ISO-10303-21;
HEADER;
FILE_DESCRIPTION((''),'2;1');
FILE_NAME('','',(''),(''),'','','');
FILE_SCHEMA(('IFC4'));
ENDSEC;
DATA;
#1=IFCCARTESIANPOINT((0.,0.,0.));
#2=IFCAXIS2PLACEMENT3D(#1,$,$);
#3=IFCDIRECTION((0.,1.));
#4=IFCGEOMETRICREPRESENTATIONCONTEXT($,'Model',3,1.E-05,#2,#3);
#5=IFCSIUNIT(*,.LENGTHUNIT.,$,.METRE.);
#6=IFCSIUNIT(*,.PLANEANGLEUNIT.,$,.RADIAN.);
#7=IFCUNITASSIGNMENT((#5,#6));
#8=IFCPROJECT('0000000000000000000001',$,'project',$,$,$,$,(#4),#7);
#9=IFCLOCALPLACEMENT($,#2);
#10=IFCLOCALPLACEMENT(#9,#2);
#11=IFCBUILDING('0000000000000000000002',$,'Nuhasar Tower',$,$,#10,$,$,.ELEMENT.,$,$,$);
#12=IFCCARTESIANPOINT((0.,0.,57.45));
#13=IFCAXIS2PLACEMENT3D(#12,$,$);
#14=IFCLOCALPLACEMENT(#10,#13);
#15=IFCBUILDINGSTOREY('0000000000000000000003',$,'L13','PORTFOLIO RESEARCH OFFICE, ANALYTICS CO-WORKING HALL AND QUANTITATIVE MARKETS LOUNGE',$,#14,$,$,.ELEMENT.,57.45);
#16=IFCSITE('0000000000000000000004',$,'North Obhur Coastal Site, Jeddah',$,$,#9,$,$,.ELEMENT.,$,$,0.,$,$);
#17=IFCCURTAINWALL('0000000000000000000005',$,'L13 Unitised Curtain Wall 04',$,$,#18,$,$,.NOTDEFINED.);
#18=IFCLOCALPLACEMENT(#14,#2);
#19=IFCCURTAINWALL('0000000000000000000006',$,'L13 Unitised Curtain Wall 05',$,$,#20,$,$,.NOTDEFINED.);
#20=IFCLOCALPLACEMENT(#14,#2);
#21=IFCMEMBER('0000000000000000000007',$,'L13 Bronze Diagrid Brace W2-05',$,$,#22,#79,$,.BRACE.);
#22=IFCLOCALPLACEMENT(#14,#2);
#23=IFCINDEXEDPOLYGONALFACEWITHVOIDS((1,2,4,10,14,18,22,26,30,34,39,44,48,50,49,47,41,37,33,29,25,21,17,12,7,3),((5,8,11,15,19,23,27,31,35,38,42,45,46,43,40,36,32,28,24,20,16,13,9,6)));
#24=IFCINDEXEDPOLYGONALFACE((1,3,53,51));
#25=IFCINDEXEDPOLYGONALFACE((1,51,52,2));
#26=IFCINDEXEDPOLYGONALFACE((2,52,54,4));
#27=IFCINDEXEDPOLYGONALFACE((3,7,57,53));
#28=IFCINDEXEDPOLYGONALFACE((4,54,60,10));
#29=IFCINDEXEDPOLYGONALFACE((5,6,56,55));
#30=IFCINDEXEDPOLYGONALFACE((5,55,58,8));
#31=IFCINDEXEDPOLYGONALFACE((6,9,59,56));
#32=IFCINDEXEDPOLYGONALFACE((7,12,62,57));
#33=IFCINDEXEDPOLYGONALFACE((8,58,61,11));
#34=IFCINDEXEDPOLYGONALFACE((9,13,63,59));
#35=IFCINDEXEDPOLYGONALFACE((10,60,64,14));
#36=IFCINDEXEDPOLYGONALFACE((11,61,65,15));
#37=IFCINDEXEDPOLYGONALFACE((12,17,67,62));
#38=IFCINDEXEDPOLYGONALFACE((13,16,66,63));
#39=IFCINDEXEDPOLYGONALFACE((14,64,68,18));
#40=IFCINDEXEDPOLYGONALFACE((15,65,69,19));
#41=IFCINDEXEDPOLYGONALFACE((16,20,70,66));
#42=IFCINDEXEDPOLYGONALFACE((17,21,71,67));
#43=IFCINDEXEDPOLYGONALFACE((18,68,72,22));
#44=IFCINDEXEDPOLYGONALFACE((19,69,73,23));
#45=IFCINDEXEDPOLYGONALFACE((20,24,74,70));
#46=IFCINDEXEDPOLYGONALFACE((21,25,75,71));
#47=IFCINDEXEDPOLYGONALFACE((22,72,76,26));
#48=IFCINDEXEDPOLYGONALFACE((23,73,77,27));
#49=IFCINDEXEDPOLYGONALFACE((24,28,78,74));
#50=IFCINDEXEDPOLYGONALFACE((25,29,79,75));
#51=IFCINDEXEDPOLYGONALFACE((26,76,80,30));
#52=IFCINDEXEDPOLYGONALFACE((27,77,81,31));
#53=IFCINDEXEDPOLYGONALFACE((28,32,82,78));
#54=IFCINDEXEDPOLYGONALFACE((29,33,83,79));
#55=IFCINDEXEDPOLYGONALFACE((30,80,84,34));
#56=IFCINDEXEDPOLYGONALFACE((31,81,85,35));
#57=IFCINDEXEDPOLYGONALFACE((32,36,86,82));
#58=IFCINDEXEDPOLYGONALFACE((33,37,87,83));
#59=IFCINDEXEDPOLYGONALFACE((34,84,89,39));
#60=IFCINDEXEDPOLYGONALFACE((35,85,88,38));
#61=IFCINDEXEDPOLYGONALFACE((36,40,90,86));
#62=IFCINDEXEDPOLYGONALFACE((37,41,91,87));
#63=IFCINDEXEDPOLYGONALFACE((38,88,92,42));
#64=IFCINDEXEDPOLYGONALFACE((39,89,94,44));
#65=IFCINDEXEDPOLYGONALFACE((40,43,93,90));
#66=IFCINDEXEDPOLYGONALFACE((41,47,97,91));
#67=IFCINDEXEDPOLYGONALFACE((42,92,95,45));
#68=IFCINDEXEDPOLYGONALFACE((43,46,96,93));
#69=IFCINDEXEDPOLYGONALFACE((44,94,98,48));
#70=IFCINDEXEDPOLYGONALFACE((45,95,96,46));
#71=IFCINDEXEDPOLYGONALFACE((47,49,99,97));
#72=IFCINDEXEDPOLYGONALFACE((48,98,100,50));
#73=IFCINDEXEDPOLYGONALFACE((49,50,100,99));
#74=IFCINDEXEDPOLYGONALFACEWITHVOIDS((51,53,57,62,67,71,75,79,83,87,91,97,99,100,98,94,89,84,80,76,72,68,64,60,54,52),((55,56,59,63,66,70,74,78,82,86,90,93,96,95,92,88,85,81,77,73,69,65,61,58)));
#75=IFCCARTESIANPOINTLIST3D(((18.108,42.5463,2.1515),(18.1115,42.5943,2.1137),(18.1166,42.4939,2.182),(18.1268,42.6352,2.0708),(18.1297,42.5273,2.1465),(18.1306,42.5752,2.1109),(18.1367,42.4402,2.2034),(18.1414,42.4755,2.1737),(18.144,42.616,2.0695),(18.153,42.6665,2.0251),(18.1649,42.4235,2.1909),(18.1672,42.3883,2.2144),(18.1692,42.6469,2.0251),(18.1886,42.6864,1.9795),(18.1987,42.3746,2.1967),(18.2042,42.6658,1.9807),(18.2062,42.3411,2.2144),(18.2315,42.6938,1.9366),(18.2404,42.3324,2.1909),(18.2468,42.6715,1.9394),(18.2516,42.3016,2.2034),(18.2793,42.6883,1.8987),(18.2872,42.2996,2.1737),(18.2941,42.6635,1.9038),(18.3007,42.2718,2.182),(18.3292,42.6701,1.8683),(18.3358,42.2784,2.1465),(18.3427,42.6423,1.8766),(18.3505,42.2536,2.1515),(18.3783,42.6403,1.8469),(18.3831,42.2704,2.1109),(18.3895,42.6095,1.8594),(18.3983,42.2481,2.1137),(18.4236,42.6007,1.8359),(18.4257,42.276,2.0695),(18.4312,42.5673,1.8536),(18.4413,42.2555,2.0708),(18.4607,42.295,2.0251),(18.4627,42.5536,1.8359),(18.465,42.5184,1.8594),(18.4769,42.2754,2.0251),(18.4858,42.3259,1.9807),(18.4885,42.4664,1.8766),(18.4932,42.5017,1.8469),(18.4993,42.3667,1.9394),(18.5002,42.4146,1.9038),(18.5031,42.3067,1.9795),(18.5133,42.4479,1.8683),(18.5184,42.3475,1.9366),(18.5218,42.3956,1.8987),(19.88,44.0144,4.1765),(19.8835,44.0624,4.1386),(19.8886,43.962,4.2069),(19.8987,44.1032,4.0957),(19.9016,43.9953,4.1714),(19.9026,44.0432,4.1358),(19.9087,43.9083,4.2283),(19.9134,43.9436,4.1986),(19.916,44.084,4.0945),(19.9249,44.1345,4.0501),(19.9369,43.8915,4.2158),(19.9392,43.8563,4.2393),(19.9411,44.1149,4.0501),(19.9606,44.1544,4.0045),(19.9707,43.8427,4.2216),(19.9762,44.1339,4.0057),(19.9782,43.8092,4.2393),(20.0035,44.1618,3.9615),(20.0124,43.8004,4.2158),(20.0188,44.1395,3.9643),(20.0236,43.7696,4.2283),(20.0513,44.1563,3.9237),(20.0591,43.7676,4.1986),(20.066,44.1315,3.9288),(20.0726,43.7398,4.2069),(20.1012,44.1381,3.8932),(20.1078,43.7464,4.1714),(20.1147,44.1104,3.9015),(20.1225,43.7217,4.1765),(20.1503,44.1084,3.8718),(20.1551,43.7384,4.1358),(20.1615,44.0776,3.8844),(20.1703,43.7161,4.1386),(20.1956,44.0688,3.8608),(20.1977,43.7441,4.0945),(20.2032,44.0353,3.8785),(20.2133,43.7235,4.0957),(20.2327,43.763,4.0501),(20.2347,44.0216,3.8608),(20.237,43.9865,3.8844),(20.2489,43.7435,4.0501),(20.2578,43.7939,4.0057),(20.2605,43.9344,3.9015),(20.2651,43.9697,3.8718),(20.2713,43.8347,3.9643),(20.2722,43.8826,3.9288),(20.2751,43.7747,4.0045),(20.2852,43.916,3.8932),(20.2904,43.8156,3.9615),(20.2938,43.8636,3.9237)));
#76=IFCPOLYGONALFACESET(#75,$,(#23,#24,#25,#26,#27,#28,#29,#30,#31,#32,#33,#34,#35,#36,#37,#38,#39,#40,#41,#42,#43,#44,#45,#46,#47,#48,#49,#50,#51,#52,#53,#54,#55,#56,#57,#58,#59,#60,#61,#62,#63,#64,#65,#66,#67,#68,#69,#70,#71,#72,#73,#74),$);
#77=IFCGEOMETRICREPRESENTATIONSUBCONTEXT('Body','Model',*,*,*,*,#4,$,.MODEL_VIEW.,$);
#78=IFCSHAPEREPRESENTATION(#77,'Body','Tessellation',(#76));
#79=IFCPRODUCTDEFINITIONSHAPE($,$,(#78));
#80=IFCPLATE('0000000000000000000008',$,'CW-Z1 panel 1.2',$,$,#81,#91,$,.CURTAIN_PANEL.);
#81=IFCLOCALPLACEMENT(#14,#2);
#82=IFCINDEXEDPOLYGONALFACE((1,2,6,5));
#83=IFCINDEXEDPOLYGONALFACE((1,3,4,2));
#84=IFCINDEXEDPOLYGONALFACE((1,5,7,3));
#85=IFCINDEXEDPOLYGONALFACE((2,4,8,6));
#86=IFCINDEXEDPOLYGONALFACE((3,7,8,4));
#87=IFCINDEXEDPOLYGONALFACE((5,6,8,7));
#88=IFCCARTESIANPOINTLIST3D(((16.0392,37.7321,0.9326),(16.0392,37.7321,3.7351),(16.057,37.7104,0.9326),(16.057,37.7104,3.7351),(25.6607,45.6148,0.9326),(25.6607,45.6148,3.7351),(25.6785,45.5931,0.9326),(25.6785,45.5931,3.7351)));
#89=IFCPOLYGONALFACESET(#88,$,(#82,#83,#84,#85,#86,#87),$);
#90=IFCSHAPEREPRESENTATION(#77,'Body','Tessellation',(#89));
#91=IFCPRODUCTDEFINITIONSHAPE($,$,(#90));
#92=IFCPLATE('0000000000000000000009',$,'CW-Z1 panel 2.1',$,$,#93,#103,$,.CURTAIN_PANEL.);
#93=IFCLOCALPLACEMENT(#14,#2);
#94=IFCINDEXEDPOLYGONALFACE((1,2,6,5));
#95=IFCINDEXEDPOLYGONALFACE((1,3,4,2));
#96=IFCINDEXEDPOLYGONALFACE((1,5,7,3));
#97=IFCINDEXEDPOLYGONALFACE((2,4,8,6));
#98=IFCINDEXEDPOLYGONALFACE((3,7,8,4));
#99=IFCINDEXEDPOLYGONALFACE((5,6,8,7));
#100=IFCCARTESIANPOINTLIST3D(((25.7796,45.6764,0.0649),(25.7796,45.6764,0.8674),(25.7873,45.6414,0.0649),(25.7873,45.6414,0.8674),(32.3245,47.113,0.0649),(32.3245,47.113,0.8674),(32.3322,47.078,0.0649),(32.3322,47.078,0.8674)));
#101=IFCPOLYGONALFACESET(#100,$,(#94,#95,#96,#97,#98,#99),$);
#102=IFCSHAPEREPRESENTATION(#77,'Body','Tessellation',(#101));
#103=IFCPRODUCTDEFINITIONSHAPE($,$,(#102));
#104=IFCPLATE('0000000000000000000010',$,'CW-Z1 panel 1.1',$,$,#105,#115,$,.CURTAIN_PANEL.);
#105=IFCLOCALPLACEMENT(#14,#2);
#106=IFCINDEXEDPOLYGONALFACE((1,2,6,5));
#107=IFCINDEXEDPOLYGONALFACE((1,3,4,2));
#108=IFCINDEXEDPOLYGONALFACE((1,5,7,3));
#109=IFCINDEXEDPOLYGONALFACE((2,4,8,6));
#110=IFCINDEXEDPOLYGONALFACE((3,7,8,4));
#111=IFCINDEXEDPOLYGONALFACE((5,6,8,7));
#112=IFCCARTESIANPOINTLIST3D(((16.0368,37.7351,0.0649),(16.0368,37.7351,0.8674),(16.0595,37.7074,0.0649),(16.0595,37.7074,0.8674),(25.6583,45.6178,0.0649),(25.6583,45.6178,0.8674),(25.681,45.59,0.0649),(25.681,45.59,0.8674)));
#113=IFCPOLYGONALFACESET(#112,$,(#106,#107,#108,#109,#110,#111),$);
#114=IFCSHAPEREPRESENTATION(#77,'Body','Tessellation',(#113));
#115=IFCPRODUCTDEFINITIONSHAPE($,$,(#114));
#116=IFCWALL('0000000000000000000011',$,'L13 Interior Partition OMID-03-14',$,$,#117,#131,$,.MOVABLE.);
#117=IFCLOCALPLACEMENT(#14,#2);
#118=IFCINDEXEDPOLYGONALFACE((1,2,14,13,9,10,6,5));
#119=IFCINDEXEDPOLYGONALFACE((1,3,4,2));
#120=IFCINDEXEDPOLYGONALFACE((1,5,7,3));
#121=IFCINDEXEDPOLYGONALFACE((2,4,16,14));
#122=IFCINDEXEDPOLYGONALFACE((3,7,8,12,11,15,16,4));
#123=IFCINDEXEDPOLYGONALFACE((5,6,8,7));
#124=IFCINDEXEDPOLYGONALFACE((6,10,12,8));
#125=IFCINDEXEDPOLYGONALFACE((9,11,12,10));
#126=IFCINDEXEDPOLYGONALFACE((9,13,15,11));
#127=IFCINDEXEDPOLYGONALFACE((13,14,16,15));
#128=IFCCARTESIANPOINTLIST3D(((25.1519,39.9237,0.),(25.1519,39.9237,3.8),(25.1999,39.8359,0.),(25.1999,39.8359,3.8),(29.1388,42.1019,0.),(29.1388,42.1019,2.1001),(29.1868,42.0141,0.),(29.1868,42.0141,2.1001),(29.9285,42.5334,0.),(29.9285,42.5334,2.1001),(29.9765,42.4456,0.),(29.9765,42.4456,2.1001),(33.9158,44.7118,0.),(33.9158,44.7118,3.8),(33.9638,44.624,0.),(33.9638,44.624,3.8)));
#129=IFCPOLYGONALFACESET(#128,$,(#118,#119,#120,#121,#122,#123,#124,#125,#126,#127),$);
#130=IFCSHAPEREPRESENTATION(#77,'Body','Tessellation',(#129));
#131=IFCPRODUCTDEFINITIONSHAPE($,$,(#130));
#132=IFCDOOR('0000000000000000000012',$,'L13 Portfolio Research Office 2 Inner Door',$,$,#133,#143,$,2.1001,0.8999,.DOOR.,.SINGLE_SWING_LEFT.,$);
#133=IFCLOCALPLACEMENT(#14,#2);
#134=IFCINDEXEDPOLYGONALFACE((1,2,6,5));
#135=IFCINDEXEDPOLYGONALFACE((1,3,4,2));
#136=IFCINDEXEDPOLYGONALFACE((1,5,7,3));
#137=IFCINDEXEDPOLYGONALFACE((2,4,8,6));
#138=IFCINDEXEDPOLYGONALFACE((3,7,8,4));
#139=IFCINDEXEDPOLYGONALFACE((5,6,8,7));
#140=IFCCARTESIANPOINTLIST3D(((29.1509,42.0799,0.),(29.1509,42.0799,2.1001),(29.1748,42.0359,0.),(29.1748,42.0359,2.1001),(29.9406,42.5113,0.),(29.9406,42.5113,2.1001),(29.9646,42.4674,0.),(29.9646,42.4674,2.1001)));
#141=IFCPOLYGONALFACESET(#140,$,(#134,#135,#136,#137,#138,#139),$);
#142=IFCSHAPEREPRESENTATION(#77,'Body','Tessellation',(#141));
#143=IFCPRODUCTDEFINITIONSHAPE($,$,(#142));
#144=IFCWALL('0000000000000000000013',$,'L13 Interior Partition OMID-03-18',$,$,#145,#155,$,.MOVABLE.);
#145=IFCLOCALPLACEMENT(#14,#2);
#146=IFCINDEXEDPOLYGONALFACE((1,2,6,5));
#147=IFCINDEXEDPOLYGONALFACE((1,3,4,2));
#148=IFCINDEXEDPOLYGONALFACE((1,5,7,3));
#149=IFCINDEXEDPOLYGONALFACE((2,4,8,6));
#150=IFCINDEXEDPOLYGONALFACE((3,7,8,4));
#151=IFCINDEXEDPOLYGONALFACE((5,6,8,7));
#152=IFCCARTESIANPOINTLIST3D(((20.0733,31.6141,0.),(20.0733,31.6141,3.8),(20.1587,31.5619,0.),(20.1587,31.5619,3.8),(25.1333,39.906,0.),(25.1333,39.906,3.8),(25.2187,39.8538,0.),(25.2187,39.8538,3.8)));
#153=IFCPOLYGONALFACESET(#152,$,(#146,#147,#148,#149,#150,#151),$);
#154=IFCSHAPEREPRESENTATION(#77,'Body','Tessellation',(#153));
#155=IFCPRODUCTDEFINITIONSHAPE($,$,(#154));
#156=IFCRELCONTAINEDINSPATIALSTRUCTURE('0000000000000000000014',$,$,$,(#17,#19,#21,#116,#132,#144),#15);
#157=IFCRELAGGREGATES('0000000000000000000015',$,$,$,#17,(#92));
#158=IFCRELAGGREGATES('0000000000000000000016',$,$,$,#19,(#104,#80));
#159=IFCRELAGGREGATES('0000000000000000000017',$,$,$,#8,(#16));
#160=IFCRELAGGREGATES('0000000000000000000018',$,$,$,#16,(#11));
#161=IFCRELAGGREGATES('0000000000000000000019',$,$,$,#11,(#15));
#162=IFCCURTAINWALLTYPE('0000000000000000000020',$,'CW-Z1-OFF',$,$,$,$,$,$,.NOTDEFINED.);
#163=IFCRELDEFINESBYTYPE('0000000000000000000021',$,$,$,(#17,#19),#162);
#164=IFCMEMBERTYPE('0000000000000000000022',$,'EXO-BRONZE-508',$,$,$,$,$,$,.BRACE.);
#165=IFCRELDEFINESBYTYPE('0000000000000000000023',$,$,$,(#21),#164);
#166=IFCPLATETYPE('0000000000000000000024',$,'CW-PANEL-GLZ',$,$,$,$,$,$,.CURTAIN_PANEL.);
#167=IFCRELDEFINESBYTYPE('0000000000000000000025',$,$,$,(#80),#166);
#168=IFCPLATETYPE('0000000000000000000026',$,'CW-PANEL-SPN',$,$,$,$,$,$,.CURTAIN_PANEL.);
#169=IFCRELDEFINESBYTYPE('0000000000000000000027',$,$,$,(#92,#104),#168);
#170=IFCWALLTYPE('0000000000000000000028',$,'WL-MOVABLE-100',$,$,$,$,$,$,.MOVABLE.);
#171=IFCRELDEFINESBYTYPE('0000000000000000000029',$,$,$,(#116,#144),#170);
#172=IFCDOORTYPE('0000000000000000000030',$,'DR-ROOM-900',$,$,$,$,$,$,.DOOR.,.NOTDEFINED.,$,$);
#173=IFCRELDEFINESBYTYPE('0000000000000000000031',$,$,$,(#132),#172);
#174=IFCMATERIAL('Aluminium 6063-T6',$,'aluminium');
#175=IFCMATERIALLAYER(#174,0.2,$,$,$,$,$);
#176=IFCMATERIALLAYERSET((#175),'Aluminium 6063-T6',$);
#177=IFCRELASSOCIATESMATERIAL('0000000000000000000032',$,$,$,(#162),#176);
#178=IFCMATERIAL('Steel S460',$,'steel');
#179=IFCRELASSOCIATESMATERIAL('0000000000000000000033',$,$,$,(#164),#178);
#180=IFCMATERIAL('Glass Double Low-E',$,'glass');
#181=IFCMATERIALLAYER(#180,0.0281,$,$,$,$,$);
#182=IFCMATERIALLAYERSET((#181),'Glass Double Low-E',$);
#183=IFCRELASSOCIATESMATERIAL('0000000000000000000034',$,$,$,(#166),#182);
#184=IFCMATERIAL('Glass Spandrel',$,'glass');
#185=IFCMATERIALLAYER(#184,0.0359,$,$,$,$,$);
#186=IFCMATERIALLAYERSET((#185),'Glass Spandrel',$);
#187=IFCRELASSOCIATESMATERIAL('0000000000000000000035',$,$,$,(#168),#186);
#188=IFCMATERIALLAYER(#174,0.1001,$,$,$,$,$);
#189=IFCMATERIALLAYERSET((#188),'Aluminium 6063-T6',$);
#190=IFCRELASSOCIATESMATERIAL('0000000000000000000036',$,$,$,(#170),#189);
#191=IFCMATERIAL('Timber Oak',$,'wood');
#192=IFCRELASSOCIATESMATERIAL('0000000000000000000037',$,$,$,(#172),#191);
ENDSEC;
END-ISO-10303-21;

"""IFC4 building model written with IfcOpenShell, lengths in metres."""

from ifc_helpers import new_model, si_unit, direction, frame, frame_2d, origin, origin_2d, place, context, subcontext, project, spatial, rectangle, hollow_circle, extrude, material, layer, layer_set, material_profile, profile_set, type_object, element, fill, aggregate, save


model = new_model("IFC4")

# Units and contexts
model_context = context("Model", 3, precision=1e-05, world=origin(), true_north=direction((0.0, 1.0)))
body_context = subcontext(model_context, "Body", "Model", "MODEL_VIEW")
ifc_project = project(units=[si_unit("LENGTHUNIT", "METRE"), si_unit("PLANEANGLEUNIT", "RADIAN")], contexts=[model_context])

# Site, building, storey
site_placement = place(None, origin())
site = spatial("IfcSite", under=ifc_project, at=site_placement, Name="North Obhur Coastal Site, Jeddah", CompositionType="ELEMENT", RefElevation=0.0)
building_placement = place(site_placement, origin())
building = spatial("IfcBuilding", under=site, at=building_placement, Name="Nuhasar Tower", CompositionType="ELEMENT")
storey_placement = place(building_placement, frame((0.0, 0.0, 57.45)))
storey = spatial("IfcBuildingStorey", under=building, at=storey_placement, Name="L13", Description="PORTFOLIO RESEARCH OFFICE, ANALYTICS CO-WORKING HALL AND QUANTITATIVE MARKETS LOUNGE", CompositionType="ELEMENT", Elevation=57.45)

# Curtain wall
ifc_material_1 = material(Name="Aluminium 6063-T6", Category="aluminium")
ifc_layer_1 = layer(ifc_material_1, 0.2)
ifc_layer_set_1 = layer_set([ifc_layer_1], Name="Aluminium 6063-T6")
curtain_wall_type = type_object("IfcCurtainWallType", Name="CW-Z1-OFF", PredefinedType="NOTDEFINED", material=ifc_layer_set_1)
curtain_wall_1_placement = place(storey_placement, origin())
curtain_wall_1 = element("IfcCurtainWall", 1, at=curtain_wall_1_placement, inside=storey, type_object=curtain_wall_type, Name="L13 Unitised Curtain Wall 04", PredefinedType="NOTDEFINED")

# Curtain wall
curtain_wall_2_placement = place(storey_placement, origin())
curtain_wall_2 = element("IfcCurtainWall", 2, at=curtain_wall_2_placement, inside=storey, type_object=curtain_wall_type, Name="L13 Unitised Curtain Wall 05", PredefinedType="NOTDEFINED")

# Member
ifc_material_2 = material(Name="Steel S460", Category="steel")
ifc_material_profile_1 = material_profile(ifc_material_2, hollow_circle(Radius=0.2539, WallThickness=0.0254, at=origin_2d()), Name="HSS508X25.4")
ifc_profile_set_1 = profile_set([ifc_material_profile_1], Name="Steel S460")
member_type_1 = type_object("IfcMemberType", Name="EXO-BRONZE-508", PredefinedType="BRACE", material=ifc_profile_set_1)
member_1_placement = place(storey_placement, frame((18.3149, 42.4709, 2.0251), z_axis=(0.578102, 0.478937, 0.660619), x_axis=(-0.637969, 0.770062, 0.0)))
element("IfcMember", 3, at=member_1_placement, inside=storey, type_object=member_type_1, Name="L13 Bronze Diagrid Brace W2-05", PredefinedType="BRACE", context=body_context, shape_type="SweptSolid", body=[
    extrude(hollow_circle(Radius=0.2539, WallThickness=0.0254, at=origin_2d()), origin(), (0.0, 0.0, 1.0), 3.0652),
])

# Plates
ifc_material_3 = material(Name="Glass Double Low-E", Category="glass")
ifc_layer_2 = layer(ifc_material_3, 0.0281)
ifc_layer_set_2 = layer_set([ifc_layer_2], Name="Glass Double Low-E")
plate_type_1 = type_object("IfcPlateType", Name="CW-PANEL-GLZ", PredefinedType="CURTAIN_PANEL", material=ifc_layer_set_2)
plate_1_placement = place(storey_placement, frame((20.8589, 41.6626, 0.9326), z_axis=(0.0, 0.0, 1.0), x_axis=(-0.773542, -0.633745, 0.0)))
plate_1 = element("IfcPlate", 4, at=plate_1_placement, type_object=plate_type_1, Name="CW-Z1 panel 1.2", PredefinedType="CURTAIN_PANEL", context=body_context, shape_type="SweptSolid", body=[
    extrude(rectangle(XDim=12.4382, YDim=0.0281, at=origin_2d()), origin(), (0.0, 0.0, 1.0), 2.8025),
])
ifc_material_4 = material(Name="Glass Spandrel", Category="glass")
ifc_layer_3 = layer(ifc_material_4, 0.0359)
ifc_layer_set_3 = layer_set([ifc_layer_3], Name="Glass Spandrel")
plate_type_2 = type_object("IfcPlateType", Name="CW-PANEL-SPN", PredefinedType="CURTAIN_PANEL", material=ifc_layer_set_3)
plate_2_placement = place(storey_placement, frame((29.0559, 46.3772, 0.0649), z_axis=(0.0, 0.0, 1.0), x_axis=(-0.976746, -0.214399, 0.0)))
plate_2 = element("IfcPlate", 5, at=plate_2_placement, type_object=plate_type_2, Name="CW-Z1 panel 2.1", PredefinedType="CURTAIN_PANEL", context=body_context, shape_type="SweptSolid", body=[
    extrude(rectangle(XDim=6.7007, YDim=0.0359, at=origin_2d()), origin(), (0.0, 0.0, 1.0), 0.8025),
])
aggregate(curtain_wall_1, [plate_2])
plate_3_placement = place(storey_placement, frame((20.8589, 41.6626, 0.0649), z_axis=(0.0, 0.0, 1.0), x_axis=(-0.773542, -0.633745, 0.0)))
plate_3 = element("IfcPlate", 6, at=plate_3_placement, type_object=plate_type_2, Name="CW-Z1 panel 1.1", PredefinedType="CURTAIN_PANEL", context=body_context, shape_type="SweptSolid", body=[
    extrude(rectangle(XDim=12.4382, YDim=0.0359, at=origin_2d()), origin(), (0.0, 0.0, 1.0), 0.8025),
])
aggregate(curtain_wall_2, [plate_3, plate_1])

# Wall, opening, door
ifc_layer_4 = layer(ifc_material_1, 0.1001)
ifc_layer_set_4 = layer_set([ifc_layer_4], Name="Aluminium 6063-T6")
wall_type = type_object("IfcWallType", Name="WL-MOVABLE-100", PredefinedType="MOVABLE", material=ifc_layer_set_4)
wall_1_placement = place(storey_placement, frame((25.176, 39.8799, 0.0), z_axis=(0.0, 0.0, 1.0), x_axis=(0.877568, 0.479452, 0.0)))
wall_1 = element("IfcWall", 7, at=wall_1_placement, inside=storey, type_object=wall_type, Name="L13 Interior Partition OMID-03-14", PredefinedType="MOVABLE", context=body_context, shape_type="SweptSolid", body=[
    extrude(rectangle(XDim=9.9866, YDim=0.1001, at=frame_2d((4.9932, 0.0))), origin(), (0.0, 0.0, 1.0), 3.8),
])
opening_placement = place(wall_1_placement, frame((4.543, 0.0, 0.0)))
opening = element("IfcOpeningElement", 8, at=opening_placement, cuts=wall_1, PredefinedType="OPENING", context=body_context, shape_type="SweptSolid", body=[
    extrude(rectangle(XDim=0.8999, YDim=2.1001, at=frame_2d((0.45, 1.05))), frame((0.0, 0.0601, 0.0), z_axis=(0.0, -1.0, 0.0), x_axis=(1.0, 0.0, 0.0)), (0.0, 0.0, 1.0), 0.1201),
])
ifc_material_5 = material(Name="Timber Oak", Category="wood")
door_type = type_object("IfcDoorType", Name="DR-ROOM-900", OperationType="NOTDEFINED", PredefinedType="DOOR", material=ifc_material_5)
door_placement = place(opening_placement, origin())
door = element("IfcDoor", 9, at=door_placement, inside=storey, type_object=door_type, Name="L13 Portfolio Research Office 2 Inner Door", OperationType="SINGLE_SWING_LEFT", OverallHeight=2.1001, OverallWidth=0.8999, PredefinedType="DOOR", context=body_context, shape_type="SweptSolid", body=[
    extrude(rectangle(XDim=0.8999, YDim=2.1001, at=frame_2d((0.45, 1.05))), frame((0.0, 0.0249, 0.0), z_axis=(0.0, -1.0, 0.0), x_axis=(1.0, 0.0, 0.0)), (0.0, 0.0, 1.0), 0.05),
])
fill(opening, door)

# Wall
wall_2_placement = place(storey_placement, frame((25.176, 39.8799, 0.0), z_axis=(0.0, 0.0, 1.0), x_axis=(-0.520905, -0.853615, 0.0)))
element("IfcWall", 10, at=wall_2_placement, inside=storey, type_object=wall_type, Name="L13 Interior Partition OMID-03-18", PredefinedType="MOVABLE", context=body_context, shape_type="SweptSolid", body=[
    extrude(rectangle(XDim=9.7139, YDim=0.1001, at=frame_2d((4.8569, 0.0))), origin(), (0.0, 0.0, 1.0), 3.8),
])

save(model, "model.ifc")
